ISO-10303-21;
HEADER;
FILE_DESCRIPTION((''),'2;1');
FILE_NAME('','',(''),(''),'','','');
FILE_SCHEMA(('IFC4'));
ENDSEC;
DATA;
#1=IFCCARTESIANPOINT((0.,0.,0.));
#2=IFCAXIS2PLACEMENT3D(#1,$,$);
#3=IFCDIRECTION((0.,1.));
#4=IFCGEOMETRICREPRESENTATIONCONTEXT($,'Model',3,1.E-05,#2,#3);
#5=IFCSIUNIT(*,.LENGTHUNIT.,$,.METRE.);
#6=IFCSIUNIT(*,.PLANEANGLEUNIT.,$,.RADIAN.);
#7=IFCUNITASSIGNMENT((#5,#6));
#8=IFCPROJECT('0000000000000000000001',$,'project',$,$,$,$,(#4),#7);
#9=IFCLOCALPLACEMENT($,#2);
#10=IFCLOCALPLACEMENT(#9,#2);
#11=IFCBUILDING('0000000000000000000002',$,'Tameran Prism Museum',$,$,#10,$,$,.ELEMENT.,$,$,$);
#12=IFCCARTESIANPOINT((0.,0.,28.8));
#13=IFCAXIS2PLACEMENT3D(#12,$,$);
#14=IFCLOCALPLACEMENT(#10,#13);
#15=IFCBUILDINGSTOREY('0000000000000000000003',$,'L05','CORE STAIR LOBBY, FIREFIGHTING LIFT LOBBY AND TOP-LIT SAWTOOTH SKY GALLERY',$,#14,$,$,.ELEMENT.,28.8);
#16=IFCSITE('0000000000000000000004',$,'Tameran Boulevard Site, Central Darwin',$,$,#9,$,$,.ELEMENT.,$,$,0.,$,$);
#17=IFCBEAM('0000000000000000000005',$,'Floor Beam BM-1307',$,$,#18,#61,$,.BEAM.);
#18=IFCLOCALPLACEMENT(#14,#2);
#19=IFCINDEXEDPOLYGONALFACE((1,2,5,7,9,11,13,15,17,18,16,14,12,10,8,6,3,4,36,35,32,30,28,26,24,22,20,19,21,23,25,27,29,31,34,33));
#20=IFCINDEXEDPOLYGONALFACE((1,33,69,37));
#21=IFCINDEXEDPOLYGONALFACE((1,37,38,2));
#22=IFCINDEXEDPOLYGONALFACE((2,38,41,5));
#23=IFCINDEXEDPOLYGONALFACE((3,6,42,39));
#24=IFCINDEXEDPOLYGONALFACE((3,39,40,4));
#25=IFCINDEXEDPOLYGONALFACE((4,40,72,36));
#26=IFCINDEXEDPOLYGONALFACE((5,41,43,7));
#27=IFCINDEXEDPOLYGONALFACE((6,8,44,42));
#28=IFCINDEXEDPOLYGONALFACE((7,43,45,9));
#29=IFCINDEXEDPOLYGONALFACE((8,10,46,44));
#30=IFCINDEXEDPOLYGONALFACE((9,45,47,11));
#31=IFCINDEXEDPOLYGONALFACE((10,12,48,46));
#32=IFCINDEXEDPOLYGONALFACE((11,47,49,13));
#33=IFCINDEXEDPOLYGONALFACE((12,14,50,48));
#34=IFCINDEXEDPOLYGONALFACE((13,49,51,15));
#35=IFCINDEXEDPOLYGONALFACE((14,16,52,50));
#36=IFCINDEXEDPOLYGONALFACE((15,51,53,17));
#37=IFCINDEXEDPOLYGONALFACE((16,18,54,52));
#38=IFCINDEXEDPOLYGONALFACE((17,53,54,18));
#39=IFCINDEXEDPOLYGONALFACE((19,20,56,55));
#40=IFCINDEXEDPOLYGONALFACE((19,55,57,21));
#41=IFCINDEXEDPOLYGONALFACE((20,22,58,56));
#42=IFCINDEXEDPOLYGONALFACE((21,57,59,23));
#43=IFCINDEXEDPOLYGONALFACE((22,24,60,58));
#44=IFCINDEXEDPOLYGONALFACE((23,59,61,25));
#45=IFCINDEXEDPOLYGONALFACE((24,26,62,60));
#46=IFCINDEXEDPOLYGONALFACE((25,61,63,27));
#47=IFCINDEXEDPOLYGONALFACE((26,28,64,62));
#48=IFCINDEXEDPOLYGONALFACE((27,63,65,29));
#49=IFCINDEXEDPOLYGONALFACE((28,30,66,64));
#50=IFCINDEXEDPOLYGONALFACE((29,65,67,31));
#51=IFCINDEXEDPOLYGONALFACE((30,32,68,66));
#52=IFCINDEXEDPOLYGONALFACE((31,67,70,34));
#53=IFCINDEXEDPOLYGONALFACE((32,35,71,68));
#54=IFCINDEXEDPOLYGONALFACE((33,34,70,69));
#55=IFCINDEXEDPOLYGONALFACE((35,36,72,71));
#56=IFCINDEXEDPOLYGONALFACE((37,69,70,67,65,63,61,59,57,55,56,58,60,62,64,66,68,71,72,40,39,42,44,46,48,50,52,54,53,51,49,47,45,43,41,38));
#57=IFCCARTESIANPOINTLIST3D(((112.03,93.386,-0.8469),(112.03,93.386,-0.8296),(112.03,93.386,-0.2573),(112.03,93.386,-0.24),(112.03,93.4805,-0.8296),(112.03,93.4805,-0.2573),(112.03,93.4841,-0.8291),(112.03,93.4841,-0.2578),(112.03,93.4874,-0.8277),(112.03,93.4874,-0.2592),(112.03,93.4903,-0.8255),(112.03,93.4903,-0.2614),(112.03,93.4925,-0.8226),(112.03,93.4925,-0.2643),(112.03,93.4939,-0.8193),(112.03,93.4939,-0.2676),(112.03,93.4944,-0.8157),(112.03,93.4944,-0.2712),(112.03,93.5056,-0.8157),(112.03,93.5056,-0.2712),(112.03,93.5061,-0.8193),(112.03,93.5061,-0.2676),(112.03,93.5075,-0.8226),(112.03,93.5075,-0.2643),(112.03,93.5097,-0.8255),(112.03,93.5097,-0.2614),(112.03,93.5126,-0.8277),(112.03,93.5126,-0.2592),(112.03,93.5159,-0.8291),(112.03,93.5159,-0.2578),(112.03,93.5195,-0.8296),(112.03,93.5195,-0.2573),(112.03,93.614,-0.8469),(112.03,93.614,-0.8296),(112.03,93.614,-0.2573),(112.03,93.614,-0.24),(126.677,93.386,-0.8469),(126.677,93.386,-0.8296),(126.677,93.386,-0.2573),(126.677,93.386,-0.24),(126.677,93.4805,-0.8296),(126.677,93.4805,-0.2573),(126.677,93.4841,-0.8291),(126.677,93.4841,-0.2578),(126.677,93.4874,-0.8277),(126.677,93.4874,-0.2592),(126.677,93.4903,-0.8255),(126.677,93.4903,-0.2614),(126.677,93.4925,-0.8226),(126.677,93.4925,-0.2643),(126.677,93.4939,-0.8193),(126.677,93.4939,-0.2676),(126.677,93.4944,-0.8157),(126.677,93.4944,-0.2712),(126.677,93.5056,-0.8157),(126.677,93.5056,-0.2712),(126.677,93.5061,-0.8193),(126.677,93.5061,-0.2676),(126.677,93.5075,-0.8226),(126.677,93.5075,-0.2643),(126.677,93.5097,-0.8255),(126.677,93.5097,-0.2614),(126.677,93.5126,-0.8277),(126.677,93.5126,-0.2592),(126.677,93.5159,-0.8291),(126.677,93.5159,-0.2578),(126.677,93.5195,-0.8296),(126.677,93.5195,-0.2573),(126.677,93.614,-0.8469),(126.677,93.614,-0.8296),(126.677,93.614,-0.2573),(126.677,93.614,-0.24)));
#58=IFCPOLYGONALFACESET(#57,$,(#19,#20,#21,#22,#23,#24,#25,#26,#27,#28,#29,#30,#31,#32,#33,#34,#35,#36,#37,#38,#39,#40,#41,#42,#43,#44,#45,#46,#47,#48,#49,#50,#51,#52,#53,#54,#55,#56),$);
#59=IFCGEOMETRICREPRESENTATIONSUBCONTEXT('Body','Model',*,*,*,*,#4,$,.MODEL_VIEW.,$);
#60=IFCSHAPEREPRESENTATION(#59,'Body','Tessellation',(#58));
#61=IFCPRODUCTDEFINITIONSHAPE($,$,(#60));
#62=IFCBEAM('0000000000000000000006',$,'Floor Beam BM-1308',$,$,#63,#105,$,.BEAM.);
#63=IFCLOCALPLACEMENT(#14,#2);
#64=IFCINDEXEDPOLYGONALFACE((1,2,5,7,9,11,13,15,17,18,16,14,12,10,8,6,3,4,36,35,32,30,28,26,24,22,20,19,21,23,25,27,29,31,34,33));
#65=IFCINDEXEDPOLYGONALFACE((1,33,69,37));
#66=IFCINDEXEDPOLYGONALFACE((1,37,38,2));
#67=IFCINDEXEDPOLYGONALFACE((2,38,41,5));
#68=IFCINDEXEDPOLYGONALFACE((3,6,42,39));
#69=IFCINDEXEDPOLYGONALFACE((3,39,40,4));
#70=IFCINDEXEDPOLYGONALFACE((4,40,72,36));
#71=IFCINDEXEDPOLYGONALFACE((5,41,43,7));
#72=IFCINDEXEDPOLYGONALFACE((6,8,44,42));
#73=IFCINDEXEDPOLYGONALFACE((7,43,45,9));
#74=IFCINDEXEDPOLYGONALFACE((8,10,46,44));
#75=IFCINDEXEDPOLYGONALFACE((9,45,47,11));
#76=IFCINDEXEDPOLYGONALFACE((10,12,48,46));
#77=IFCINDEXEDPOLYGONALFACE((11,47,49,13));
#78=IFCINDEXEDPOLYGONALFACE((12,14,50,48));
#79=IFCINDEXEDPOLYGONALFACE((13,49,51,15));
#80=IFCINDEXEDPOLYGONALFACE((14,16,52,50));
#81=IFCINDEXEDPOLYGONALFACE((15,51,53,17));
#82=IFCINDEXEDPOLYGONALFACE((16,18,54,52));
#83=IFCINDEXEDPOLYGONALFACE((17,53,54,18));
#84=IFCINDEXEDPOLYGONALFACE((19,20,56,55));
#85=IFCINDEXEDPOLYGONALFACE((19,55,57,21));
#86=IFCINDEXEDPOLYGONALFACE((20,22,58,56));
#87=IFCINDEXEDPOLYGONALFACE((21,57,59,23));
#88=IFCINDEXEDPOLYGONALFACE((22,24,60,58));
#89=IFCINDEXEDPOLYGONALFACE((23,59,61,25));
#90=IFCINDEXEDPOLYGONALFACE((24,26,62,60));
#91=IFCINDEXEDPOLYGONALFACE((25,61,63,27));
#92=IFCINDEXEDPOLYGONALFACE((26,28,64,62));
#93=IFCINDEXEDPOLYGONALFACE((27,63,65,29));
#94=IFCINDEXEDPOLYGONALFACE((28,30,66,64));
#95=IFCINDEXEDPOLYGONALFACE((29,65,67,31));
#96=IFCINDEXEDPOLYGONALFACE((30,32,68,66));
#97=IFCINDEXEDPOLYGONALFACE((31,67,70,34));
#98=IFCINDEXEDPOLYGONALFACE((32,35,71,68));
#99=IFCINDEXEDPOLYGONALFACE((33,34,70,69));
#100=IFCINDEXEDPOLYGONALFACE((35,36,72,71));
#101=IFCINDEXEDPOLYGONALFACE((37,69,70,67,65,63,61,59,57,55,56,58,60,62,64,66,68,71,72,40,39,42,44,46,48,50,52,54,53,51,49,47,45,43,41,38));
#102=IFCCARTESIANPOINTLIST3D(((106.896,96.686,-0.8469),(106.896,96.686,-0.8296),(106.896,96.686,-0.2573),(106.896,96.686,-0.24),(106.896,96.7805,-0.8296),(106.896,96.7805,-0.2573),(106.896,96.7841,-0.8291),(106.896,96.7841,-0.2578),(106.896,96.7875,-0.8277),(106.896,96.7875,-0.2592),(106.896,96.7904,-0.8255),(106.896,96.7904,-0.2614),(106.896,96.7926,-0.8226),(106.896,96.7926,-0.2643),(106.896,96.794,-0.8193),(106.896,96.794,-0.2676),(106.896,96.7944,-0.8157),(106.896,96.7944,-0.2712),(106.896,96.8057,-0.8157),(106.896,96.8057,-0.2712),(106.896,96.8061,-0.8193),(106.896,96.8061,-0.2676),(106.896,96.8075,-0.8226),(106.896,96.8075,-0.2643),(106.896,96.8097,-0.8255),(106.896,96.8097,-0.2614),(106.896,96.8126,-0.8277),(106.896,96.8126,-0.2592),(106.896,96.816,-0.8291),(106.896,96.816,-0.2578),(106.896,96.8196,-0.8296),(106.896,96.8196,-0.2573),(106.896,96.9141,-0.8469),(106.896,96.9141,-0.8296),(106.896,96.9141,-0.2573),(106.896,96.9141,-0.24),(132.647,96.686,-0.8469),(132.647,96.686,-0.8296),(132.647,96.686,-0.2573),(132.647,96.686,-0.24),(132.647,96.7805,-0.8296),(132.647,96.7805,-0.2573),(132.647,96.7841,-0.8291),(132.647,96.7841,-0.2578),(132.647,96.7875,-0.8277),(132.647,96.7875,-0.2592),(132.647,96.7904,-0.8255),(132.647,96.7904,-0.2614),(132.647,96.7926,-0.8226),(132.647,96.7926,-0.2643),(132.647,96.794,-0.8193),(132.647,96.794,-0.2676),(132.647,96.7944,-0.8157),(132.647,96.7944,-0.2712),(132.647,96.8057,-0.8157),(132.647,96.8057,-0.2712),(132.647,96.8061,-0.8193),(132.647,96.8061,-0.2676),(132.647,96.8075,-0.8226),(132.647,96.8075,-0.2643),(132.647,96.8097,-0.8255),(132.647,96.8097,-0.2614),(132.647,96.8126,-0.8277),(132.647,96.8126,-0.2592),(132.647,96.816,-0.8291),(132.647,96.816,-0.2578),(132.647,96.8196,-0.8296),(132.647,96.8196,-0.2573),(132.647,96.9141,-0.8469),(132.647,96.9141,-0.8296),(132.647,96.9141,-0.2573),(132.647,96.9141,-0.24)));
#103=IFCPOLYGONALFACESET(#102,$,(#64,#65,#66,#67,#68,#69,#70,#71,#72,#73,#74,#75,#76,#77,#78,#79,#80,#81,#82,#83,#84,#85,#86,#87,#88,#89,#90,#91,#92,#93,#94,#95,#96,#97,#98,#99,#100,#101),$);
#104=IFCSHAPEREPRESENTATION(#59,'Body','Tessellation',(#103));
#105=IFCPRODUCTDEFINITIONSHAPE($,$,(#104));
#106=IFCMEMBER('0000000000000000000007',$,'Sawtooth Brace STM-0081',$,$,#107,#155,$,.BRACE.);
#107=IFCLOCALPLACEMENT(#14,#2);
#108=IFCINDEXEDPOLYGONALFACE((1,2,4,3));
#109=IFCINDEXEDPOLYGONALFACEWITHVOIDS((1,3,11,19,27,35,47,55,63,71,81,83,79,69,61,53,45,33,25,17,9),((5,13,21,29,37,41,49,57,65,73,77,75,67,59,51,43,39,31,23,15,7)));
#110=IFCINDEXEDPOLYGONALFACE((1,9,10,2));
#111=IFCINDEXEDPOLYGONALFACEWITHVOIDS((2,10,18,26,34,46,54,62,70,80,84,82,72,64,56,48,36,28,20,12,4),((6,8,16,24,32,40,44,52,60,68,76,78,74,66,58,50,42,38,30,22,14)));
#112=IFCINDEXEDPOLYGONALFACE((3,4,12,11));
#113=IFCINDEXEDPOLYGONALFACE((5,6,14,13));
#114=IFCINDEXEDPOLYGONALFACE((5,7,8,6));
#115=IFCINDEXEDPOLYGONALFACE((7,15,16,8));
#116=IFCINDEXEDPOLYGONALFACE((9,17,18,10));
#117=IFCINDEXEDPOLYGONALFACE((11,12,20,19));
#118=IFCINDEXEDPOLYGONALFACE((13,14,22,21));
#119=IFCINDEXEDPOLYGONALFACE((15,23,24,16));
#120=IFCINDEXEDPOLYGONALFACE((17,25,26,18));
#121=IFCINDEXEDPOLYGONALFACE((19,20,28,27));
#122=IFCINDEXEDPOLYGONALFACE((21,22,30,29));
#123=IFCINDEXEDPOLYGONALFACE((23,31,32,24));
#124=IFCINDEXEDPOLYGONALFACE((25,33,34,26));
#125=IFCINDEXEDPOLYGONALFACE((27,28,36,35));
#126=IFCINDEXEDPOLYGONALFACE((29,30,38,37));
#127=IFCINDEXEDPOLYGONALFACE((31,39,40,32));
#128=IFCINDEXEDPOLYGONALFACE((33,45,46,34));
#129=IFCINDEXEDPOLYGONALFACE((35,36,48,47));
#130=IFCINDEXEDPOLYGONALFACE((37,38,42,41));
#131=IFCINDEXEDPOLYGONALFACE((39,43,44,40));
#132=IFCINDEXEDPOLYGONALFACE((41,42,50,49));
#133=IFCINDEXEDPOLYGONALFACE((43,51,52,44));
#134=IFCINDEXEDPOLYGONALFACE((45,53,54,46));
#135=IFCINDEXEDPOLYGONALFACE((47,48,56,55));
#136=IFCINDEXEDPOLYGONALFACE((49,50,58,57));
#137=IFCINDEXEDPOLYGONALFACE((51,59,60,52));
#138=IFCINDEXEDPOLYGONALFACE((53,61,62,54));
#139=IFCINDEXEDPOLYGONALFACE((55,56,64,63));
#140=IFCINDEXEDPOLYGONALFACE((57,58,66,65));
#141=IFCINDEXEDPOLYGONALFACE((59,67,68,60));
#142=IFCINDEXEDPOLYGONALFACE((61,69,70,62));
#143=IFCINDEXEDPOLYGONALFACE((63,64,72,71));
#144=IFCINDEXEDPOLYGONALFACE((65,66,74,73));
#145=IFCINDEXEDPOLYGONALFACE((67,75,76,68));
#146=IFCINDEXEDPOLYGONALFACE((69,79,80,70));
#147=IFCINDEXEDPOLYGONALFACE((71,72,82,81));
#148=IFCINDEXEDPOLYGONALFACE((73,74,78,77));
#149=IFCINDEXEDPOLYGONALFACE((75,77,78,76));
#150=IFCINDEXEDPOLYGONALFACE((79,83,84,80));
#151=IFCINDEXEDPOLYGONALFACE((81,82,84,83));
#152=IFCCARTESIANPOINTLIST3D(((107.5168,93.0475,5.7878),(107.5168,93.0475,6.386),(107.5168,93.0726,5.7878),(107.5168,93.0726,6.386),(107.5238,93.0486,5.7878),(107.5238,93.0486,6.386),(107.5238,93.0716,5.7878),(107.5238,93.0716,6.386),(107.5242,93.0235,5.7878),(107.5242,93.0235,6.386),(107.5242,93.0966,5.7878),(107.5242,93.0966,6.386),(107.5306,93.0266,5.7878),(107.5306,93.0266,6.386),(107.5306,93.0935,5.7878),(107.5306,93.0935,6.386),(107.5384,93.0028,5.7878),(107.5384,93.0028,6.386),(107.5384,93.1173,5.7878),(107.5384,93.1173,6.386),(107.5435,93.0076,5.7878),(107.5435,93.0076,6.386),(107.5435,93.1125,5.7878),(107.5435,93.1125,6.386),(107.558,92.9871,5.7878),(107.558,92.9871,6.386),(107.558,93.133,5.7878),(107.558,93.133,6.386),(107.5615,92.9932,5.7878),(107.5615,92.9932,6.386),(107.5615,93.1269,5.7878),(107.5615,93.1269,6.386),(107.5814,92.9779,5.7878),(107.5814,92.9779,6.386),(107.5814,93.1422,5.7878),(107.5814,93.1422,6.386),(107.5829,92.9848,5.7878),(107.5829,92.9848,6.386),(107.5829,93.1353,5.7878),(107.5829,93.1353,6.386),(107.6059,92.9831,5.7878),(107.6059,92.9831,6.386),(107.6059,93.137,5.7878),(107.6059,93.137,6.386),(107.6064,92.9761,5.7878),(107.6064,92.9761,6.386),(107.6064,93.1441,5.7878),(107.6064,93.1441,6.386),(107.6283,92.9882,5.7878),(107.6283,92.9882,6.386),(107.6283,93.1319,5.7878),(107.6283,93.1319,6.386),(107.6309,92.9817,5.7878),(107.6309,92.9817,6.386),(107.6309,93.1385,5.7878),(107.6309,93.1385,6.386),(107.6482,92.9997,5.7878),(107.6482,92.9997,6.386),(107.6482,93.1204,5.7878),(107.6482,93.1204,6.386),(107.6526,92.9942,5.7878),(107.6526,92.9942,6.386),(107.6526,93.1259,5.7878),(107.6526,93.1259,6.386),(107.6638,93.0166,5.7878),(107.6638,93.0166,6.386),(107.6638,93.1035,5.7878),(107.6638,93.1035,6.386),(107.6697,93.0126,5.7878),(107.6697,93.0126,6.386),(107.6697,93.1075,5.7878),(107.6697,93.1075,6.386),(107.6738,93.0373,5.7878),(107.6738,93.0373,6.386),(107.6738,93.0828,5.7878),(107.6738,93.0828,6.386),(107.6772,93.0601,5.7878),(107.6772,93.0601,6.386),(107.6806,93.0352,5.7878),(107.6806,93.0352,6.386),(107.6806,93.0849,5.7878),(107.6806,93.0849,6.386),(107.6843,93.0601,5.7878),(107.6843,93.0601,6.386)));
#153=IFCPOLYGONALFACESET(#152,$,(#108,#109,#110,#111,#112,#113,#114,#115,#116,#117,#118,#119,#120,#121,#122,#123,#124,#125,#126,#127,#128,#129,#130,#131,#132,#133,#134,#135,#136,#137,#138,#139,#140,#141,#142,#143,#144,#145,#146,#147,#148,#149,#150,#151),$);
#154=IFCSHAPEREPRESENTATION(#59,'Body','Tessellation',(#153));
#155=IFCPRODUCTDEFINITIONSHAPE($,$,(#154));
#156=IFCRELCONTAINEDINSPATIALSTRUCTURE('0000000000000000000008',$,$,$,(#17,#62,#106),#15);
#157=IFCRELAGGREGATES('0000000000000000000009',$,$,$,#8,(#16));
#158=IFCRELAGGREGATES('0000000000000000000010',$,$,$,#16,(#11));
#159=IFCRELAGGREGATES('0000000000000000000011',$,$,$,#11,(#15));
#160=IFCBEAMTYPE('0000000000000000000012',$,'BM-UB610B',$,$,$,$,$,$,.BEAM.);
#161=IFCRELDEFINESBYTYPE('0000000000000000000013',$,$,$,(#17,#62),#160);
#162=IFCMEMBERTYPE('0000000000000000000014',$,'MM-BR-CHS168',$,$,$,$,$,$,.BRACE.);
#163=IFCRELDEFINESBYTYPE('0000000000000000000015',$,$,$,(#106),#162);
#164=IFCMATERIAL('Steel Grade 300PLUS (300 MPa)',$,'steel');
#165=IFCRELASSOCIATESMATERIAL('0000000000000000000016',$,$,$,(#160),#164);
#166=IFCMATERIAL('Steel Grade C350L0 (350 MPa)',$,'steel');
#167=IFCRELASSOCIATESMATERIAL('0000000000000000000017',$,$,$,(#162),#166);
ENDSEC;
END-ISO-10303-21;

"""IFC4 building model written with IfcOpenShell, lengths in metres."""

from ifc_helpers import new_model, si_unit, direction, frame, origin, origin_2d, place, context, subcontext, project, spatial, hollow_circle, i_section, extrude, material, material_profile, profile_set, type_object, element, save


model = new_model("IFC4")

# Units and contexts
model_context = context("Model", 3, precision=1e-05, world=origin(), true_north=direction((0.0, 1.0)))
body_context = subcontext(model_context, "Body", "Model", "MODEL_VIEW")
ifc_project = project(units=[si_unit("LENGTHUNIT", "METRE"), si_unit("PLANEANGLEUNIT", "RADIAN")], contexts=[model_context])

# Site, building, storey
site_placement = place(None, origin())
site = spatial("IfcSite", under=ifc_project, at=site_placement, Name="Tameran Boulevard Site, Central Darwin", CompositionType="ELEMENT", RefElevation=0.0)
building_placement = place(site_placement, origin())
building = spatial("IfcBuilding", under=site, at=building_placement, Name="Tameran Prism Museum", CompositionType="ELEMENT")
storey_placement = place(building_placement, frame((0.0, 0.0, 28.8)))
storey = spatial("IfcBuildingStorey", under=building, at=storey_placement, Name="L05", Description="CORE STAIR LOBBY, FIREFIGHTING LIFT LOBBY AND TOP-LIT SAWTOOTH SKY GALLERY", CompositionType="ELEMENT", Elevation=28.8)

# Beams
ifc_material_1 = material(Name="Steel Grade 300PLUS (300 MPa)", Category="steel")
ifc_material_profile_1 = material_profile(ifc_material_1, i_section(OverallWidth=0.228, OverallDepth=0.6069, WebThickness=0.0112, FlangeThickness=0.0173, FilletRadius=0.0139, at=origin_2d()))
ifc_profile_set_1 = profile_set([ifc_material_profile_1])
beam_type_1 = type_object("IfcBeamType", Name="BM-UB610B", PredefinedType="BEAM", material=ifc_profile_set_1)
beam_1_placement = place(storey_placement, frame((112.03, 93.5, -0.5435), z_axis=(1.0, 0.0, 0.0), x_axis=(0.0, 1.0, 0.0)))
element("IfcBeam", 1, at=beam_1_placement, inside=storey, type_object=beam_type_1, Name="Floor Beam BM-1307", PredefinedType="BEAM", context=body_context, shape_type="SweptSolid", body=[
    extrude(i_section(OverallWidth=0.228, OverallDepth=0.6069, WebThickness=0.0112, FlangeThickness=0.0173, FilletRadius=0.0139, at=origin_2d()), origin(), (0.0, 0.0, 1.0), 14.647),
])
beam_2_placement = place(storey_placement, frame((106.896, 96.8, -0.5435), z_axis=(1.0, 0.0, 0.0), x_axis=(0.0, 1.0, 0.0)))
element("IfcBeam", 2, at=beam_2_placement, inside=storey, type_object=beam_type_1, Name="Floor Beam BM-1308", PredefinedType="BEAM", context=body_context, shape_type="SweptSolid", body=[
    extrude(i_section(OverallWidth=0.228, OverallDepth=0.6069, WebThickness=0.0112, FlangeThickness=0.0173, FilletRadius=0.0139, at=origin_2d()), origin(), (0.0, 0.0, 1.0), 25.751),
])

# Member
ifc_material_2 = material(Name="Steel Grade C350L0 (350 MPa)", Category="steel")
ifc_material_profile_2 = material_profile(ifc_material_2, hollow_circle(Radius=0.0842, WallThickness=0.0071, at=origin_2d()))
ifc_profile_set_2 = profile_set([ifc_material_profile_2])
member_type_1 = type_object("IfcMemberType", Name="MM-BR-CHS168", PredefinedType="BRACE", material=ifc_profile_set_2)
for number, where, z_axis, x_axis, name in (
    (3, (107.6001, 93.0601, 6.386), (0.0, 0.0, -1.0), (1.0, 0.0, 0.0), "Sawtooth Brace STM-0081"),
):
    element("IfcMember", number, at=place(storey_placement, frame(where, z_axis=z_axis, x_axis=x_axis)), inside=storey, type_object=member_type_1, Name=name, PredefinedType="BRACE", context=body_context, shape_type="SweptSolid", body=[
        extrude(hollow_circle(Radius=0.0842, WallThickness=0.0071, at=origin_2d()), origin(), (0.0, 0.0, 1.0), 0.5981),
    ])

save(model, "model.ifc")
